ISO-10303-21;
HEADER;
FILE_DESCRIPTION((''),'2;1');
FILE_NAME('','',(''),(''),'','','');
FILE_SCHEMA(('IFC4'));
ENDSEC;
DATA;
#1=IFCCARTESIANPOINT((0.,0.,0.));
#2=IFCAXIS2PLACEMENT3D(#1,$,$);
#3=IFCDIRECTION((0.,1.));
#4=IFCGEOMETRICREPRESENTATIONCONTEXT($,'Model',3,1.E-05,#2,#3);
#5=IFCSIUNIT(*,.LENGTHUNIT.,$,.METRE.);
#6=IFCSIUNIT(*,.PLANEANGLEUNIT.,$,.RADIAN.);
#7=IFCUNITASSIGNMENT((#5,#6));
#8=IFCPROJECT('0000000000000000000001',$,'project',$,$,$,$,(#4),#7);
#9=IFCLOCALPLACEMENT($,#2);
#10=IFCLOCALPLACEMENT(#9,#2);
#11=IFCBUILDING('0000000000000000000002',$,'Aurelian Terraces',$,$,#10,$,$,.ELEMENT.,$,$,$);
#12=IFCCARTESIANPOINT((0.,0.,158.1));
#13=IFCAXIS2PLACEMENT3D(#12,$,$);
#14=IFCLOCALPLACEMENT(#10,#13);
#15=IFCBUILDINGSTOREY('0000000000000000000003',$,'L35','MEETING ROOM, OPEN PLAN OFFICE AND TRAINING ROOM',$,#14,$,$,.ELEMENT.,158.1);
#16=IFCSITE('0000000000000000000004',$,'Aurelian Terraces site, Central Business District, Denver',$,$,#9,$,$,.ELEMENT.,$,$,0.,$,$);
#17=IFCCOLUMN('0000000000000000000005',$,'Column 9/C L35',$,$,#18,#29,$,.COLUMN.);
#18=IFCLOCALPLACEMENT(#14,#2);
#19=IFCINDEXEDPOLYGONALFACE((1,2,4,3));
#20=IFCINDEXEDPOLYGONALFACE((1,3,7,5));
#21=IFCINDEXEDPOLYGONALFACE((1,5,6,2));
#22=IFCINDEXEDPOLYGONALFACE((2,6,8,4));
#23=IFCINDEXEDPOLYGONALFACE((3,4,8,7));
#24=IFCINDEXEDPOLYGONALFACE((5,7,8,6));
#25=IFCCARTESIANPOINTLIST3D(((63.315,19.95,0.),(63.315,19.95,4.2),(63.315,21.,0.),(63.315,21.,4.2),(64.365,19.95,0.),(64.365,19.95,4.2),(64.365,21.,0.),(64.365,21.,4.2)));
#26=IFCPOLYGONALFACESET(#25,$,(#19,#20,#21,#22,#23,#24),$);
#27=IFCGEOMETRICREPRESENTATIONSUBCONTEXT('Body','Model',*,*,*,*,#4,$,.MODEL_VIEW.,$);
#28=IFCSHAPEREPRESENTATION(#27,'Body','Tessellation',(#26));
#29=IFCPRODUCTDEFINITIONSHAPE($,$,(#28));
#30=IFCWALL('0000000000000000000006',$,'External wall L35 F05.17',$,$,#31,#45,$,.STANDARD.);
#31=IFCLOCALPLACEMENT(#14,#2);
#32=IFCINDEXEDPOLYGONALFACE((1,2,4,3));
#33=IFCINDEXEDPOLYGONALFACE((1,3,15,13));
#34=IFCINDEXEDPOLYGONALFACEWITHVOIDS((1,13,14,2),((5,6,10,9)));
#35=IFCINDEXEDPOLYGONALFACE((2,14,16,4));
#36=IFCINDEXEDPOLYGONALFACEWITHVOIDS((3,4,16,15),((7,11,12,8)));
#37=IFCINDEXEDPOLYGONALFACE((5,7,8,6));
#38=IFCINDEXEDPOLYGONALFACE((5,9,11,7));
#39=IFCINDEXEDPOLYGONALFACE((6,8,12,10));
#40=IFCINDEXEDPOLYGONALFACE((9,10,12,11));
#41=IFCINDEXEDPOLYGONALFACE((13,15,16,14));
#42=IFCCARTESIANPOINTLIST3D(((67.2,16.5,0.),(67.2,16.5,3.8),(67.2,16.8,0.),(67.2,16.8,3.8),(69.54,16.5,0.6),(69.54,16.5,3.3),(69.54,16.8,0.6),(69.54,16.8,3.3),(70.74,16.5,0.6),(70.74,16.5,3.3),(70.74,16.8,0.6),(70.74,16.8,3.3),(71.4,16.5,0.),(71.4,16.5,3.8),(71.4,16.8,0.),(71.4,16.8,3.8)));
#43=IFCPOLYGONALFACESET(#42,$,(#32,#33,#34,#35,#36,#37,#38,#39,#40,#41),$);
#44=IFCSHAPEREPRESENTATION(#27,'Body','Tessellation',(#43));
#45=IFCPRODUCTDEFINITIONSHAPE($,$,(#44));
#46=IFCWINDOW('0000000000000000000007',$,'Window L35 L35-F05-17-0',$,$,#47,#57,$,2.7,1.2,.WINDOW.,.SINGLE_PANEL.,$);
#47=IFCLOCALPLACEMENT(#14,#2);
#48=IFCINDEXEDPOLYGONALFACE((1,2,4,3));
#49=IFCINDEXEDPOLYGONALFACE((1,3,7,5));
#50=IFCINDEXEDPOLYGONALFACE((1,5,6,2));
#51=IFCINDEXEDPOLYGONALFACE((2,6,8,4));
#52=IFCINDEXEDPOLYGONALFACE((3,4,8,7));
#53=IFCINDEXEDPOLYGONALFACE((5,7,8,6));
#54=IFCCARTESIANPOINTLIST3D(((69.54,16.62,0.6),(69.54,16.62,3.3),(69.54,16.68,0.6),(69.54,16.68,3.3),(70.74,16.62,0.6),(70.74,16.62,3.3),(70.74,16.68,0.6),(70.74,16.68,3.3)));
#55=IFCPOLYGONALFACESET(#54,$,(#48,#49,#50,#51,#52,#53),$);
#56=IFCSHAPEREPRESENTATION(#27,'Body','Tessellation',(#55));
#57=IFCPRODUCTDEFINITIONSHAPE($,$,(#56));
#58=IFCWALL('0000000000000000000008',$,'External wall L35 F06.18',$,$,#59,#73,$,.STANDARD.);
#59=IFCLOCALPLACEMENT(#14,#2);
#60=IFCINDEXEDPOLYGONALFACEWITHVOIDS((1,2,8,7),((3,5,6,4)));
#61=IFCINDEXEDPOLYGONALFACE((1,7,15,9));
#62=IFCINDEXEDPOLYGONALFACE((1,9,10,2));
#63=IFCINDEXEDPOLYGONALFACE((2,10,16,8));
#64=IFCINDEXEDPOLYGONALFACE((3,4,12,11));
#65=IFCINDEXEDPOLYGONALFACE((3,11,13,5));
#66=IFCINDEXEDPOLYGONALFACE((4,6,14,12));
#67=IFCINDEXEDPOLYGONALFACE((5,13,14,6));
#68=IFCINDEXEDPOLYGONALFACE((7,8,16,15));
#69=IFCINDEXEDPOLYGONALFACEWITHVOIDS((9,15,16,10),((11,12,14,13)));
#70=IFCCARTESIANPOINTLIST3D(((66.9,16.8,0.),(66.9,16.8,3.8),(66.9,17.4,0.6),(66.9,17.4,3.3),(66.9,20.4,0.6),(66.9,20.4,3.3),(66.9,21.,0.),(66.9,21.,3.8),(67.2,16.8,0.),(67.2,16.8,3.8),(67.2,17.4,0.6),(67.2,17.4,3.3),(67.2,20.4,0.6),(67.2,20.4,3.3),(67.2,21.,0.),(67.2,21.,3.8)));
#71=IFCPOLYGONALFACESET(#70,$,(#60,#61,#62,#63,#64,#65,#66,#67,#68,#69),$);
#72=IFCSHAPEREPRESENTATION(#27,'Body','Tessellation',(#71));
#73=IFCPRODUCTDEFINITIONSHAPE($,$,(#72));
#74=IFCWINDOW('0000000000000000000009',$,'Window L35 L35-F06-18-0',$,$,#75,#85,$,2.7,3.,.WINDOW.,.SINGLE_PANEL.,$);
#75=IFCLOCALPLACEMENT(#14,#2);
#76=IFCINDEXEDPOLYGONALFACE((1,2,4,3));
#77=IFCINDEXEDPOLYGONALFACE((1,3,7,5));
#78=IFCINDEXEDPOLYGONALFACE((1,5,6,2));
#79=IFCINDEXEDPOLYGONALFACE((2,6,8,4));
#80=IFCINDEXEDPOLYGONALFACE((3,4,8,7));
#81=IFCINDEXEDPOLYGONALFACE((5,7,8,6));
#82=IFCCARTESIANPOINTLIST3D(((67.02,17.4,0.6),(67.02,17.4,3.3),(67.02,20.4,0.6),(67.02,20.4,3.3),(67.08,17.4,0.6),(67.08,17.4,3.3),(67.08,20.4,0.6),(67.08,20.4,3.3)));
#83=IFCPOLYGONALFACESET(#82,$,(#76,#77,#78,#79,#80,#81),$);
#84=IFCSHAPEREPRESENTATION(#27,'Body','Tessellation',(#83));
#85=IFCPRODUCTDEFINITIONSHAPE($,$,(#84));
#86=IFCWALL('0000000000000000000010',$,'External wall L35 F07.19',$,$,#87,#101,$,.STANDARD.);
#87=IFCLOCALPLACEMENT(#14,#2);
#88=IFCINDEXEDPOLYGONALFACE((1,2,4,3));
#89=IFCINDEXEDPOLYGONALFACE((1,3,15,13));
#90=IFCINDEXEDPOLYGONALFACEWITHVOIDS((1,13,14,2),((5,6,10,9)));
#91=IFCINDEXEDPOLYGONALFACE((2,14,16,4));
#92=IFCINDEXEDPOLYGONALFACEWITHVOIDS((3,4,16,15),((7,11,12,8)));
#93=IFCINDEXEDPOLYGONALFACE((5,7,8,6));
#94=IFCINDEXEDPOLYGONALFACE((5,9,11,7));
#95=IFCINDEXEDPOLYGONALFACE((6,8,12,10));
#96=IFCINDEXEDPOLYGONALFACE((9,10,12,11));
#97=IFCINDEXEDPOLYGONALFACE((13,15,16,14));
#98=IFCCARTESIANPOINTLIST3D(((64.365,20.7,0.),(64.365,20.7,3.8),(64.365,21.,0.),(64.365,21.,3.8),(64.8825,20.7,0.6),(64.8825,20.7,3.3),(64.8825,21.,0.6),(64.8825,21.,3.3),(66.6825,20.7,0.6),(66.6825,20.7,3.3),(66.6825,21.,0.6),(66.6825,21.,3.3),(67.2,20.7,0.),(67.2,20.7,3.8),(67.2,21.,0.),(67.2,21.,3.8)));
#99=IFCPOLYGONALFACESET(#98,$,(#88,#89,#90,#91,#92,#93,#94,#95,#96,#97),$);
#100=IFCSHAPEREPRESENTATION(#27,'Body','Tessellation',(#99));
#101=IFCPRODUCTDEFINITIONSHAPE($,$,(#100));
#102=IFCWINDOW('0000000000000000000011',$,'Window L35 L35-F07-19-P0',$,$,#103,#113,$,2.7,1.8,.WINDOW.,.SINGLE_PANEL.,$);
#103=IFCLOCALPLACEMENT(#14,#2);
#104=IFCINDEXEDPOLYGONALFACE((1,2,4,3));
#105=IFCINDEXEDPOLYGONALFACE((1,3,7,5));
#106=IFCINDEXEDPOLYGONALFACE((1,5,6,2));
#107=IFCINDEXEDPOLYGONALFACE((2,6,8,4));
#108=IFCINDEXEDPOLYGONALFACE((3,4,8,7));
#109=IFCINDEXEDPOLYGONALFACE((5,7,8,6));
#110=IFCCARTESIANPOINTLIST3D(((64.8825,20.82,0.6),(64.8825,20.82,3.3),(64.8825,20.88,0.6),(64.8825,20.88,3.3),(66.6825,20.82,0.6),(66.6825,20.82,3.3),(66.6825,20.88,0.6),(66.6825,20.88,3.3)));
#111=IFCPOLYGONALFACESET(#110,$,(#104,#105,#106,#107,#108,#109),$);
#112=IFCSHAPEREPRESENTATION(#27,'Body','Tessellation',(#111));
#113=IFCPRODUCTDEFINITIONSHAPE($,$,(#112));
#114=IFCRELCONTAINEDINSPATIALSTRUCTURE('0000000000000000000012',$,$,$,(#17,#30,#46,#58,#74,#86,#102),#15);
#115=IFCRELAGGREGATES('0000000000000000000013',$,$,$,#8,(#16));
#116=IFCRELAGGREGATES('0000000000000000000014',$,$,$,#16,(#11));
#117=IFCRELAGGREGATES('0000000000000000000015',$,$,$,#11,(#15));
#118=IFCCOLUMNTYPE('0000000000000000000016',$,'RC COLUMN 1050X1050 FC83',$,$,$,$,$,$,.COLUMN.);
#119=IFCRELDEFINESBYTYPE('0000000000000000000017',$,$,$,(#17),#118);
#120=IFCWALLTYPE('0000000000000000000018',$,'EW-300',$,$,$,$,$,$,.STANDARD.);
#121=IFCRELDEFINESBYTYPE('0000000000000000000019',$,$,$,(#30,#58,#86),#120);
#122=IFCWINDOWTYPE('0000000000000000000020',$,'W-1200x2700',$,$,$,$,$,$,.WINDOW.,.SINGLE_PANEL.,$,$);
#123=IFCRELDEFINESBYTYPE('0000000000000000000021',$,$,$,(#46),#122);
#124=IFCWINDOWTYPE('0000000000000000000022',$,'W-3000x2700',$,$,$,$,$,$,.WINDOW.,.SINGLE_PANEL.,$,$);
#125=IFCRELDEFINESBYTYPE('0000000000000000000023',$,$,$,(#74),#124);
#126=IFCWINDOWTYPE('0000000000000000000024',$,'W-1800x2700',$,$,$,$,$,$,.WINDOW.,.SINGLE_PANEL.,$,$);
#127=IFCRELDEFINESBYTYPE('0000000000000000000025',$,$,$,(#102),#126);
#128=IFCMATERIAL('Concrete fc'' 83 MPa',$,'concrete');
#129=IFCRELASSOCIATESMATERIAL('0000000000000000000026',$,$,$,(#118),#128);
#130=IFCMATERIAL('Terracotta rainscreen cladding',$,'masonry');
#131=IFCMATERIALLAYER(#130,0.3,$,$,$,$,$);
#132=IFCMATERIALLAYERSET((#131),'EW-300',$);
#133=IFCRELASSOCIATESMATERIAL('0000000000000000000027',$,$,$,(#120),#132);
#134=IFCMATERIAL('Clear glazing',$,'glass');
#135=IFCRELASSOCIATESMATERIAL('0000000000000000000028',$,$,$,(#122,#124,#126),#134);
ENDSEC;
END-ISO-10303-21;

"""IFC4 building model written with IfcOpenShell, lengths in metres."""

from ifc_helpers import new_model, si_unit, direction, frame, frame_2d, origin, origin_2d, place, context, subcontext, project, spatial, rectangle, extrude, source, transform, mapped, material, layer, layer_set, material_profile, profile_set, type_object, element, fill, save


model = new_model("IFC4")

# Units and contexts
model_context = context("Model", 3, precision=1e-05, world=origin(), true_north=direction((0.0, 1.0)))
body_context = subcontext(model_context, "Body", "Model", "MODEL_VIEW")
ifc_project = project(units=[si_unit("LENGTHUNIT", "METRE"), si_unit("PLANEANGLEUNIT", "RADIAN")], contexts=[model_context])

# Site, building, storey
site_placement = place(None, origin())
site = spatial("IfcSite", under=ifc_project, at=site_placement, Name="Aurelian Terraces site, Central Business District, Denver", CompositionType="ELEMENT", RefElevation=0.0)
building_placement = place(site_placement, origin())
building = spatial("IfcBuilding", under=site, at=building_placement, Name="Aurelian Terraces", CompositionType="ELEMENT")
storey_placement = place(building_placement, frame((0.0, 0.0, 158.1)))
storey = spatial("IfcBuildingStorey", under=building, at=storey_placement, Name="L35", Description="MEETING ROOM, OPEN PLAN OFFICE AND TRAINING ROOM", CompositionType="ELEMENT", Elevation=158.1)

# Column
ifc_material_1 = material(Name="Concrete fc' 83 MPa", Category="concrete")
ifc_material_profile = material_profile(ifc_material_1, rectangle(XDim=1.05, YDim=1.05, at=origin_2d()))
ifc_profile_set = profile_set([ifc_material_profile], Name="Concrete fc' 83 MPa")
column_type = type_object("IfcColumnType", Name="RC COLUMN 1050X1050 FC83", PredefinedType="COLUMN", material=ifc_profile_set)
shared_shape_1 = source(origin(), body_context, "Body", "SweptSolid", [
    extrude(rectangle(XDim=1.05, YDim=1.05, at=origin_2d()), origin(), (0.0, 0.0, 1.0), 4.2),
])
column_placement = place(storey_placement, frame((63.84, 20.475, 0.0), z_axis=(0.0, 0.0, 1.0), x_axis=(1.0, 0.0, 0.0)))
element("IfcColumn", 1, at=column_placement, inside=storey, type_object=column_type, Name="Column 9/C L35", PredefinedType="COLUMN", context=body_context, shape_type="MappedRepresentation", body=[
    mapped(shared_shape_1, transform((0.0, 0.0, 0.0), scale=1.0)),
])

# Walls, openings, windows
ifc_material_2 = material(Name="Terracotta rainscreen cladding", Category="masonry")
ifc_layer_1 = layer(ifc_material_2, 0.3)
ifc_layer_set_1 = layer_set([ifc_layer_1], Name="EW-300")
wall_type_1 = type_object("IfcWallType", Name="EW-300", PredefinedType="STANDARD", material=ifc_layer_set_1)
shared_shape_2 = source(origin(), body_context, "Body", "SweptSolid", [
    extrude(rectangle(XDim=4.2, YDim=0.3, at=frame_2d((2.1, 0.0))), origin(), (0.0, 0.0, 1.0), 3.8),
])
wall_1_placement = place(storey_placement, frame((71.4, 16.65, 0.0), z_axis=(0.0, 0.0, 1.0), x_axis=(-1.0, 0.0, 0.0)))
wall_1 = element("IfcWall", 2, at=wall_1_placement, inside=storey, type_object=wall_type_1, Name="External wall L35 F05.17", PredefinedType="STANDARD", context=body_context, shape_type="MappedRepresentation", body=[
    mapped(shared_shape_2, transform((0.0, 0.0, 0.0), scale=1.0)),
])
shared_shape_3 = source(origin(), body_context, "Body", "SweptSolid", [
    extrude(rectangle(XDim=1.2, YDim=2.7, at=frame_2d((0.6, 1.35))), frame((0.0, 0.16, 0.0), z_axis=(0.0, -1.0, 0.0), x_axis=(1.0, 0.0, 0.0)), (0.0, 0.0, 1.0), 0.32),
])
opening_1_placement = place(wall_1_placement, frame((0.66, 0.0, 0.6)))
opening_1 = element("IfcOpeningElement", 3, at=opening_1_placement, cuts=wall_1, PredefinedType="OPENING", context=body_context, shape_type="MappedRepresentation", body=[
    mapped(shared_shape_3, transform((0.0, 0.0, 0.0), scale=1.0)),
])
ifc_material_3 = material(Name="Clear glazing", Category="glass")
window_type_1 = type_object("IfcWindowType", Name="W-1200x2700", PartitioningType="SINGLE_PANEL", PredefinedType="WINDOW", material=ifc_material_3)
shared_shape_4 = source(origin(), body_context, "Body", "SweptSolid", [
    extrude(rectangle(XDim=1.2, YDim=2.7, at=frame_2d((0.6, 1.35))), frame((0.0, 0.03, 0.0), z_axis=(0.0, -1.0, 0.0), x_axis=(1.0, 0.0, 0.0)), (0.0, 0.0, 1.0), 0.06),
])
window_1_placement = place(opening_1_placement, origin())
window_1 = element("IfcWindow", 4, at=window_1_placement, inside=storey, type_object=window_type_1, Name="Window L35 L35-F05-17-0", OverallHeight=2.7, OverallWidth=1.2, PartitioningType="SINGLE_PANEL", PredefinedType="WINDOW", context=body_context, shape_type="MappedRepresentation", body=[
    mapped(shared_shape_4, transform((0.0, 0.0, 0.0), scale=1.0)),
])
fill(opening_1, window_1)
wall_2_placement = place(storey_placement, frame((67.05, 16.8, 0.0), z_axis=(0.0, 0.0, 1.0), x_axis=(0.0, 1.0, 0.0)))
wall_2 = element("IfcWall", 5, at=wall_2_placement, inside=storey, type_object=wall_type_1, Name="External wall L35 F06.18", PredefinedType="STANDARD", context=body_context, shape_type="MappedRepresentation", body=[
    mapped(shared_shape_2, transform((0.0, 0.0, 0.0), scale=1.0)),
])
shared_shape_5 = source(origin(), body_context, "Body", "SweptSolid", [
    extrude(rectangle(XDim=3.0, YDim=2.7, at=frame_2d((1.5, 1.35))), frame((0.0, 0.16, 0.0), z_axis=(0.0, -1.0, 0.0), x_axis=(1.0, 0.0, 0.0)), (0.0, 0.0, 1.0), 0.32),
])
opening_2_placement = place(wall_2_placement, frame((0.6, 0.0, 0.6)))
opening_2 = element("IfcOpeningElement", 6, at=opening_2_placement, cuts=wall_2, PredefinedType="OPENING", context=body_context, shape_type="MappedRepresentation", body=[
    mapped(shared_shape_5, transform((0.0, 0.0, 0.0), scale=1.0)),
])
window_type_2 = type_object("IfcWindowType", Name="W-3000x2700", PartitioningType="SINGLE_PANEL", PredefinedType="WINDOW", material=ifc_material_3)
shared_shape_6 = source(origin(), body_context, "Body", "SweptSolid", [
    extrude(rectangle(XDim=3.0, YDim=2.7, at=frame_2d((1.5, 1.35))), frame((0.0, 0.03, 0.0), z_axis=(0.0, -1.0, 0.0), x_axis=(1.0, 0.0, 0.0)), (0.0, 0.0, 1.0), 0.06),
])
window_2_placement = place(opening_2_placement, origin())
window_2 = element("IfcWindow", 7, at=window_2_placement, inside=storey, type_object=window_type_2, Name="Window L35 L35-F06-18-0", OverallHeight=2.7, OverallWidth=3.0, PartitioningType="SINGLE_PANEL", PredefinedType="WINDOW", context=body_context, shape_type="MappedRepresentation", body=[
    mapped(shared_shape_6, transform((0.0, 0.0, 0.0), scale=1.0)),
])
fill(opening_2, window_2)
shared_shape_7 = source(origin(), body_context, "Body", "SweptSolid", [
    extrude(rectangle(XDim=2.835, YDim=0.3, at=frame_2d((1.4175, 0.0))), origin(), (0.0, 0.0, 1.0), 3.8),
])
wall_3_placement = place(storey_placement, frame((67.2, 20.85, 0.0), z_axis=(0.0, 0.0, 1.0), x_axis=(-1.0, 0.0, 0.0)))
wall_3 = element("IfcWall", 8, at=wall_3_placement, inside=storey, type_object=wall_type_1, Name="External wall L35 F07.19", PredefinedType="STANDARD", context=body_context, shape_type="MappedRepresentation", body=[
    mapped(shared_shape_7, transform((0.0, 0.0, 0.0), scale=1.0)),
])
shared_shape_8 = source(origin(), body_context, "Body", "SweptSolid", [
    extrude(rectangle(XDim=1.8, YDim=2.7, at=frame_2d((0.9, 1.35))), frame((0.0, 0.16, 0.0), z_axis=(0.0, -1.0, 0.0), x_axis=(1.0, 0.0, 0.0)), (0.0, 0.0, 1.0), 0.32),
])
opening_3_placement = place(wall_3_placement, frame((0.5175, 0.0, 0.6)))
opening_3 = element("IfcOpeningElement", 9, at=opening_3_placement, cuts=wall_3, PredefinedType="OPENING", context=body_context, shape_type="MappedRepresentation", body=[
    mapped(shared_shape_8, transform((0.0, 0.0, 0.0), scale=1.0)),
])
window_type_3 = type_object("IfcWindowType", Name="W-1800x2700", PartitioningType="SINGLE_PANEL", PredefinedType="WINDOW", material=ifc_material_3)
shared_shape_9 = source(origin(), body_context, "Body", "SweptSolid", [
    extrude(rectangle(XDim=1.8, YDim=2.7, at=frame_2d((0.9, 1.35))), frame((0.0, 0.03, 0.0), z_axis=(0.0, -1.0, 0.0), x_axis=(1.0, 0.0, 0.0)), (0.0, 0.0, 1.0), 0.06),
])
window_3_placement = place(opening_3_placement, origin())
window_3 = element("IfcWindow", 10, at=window_3_placement, inside=storey, type_object=window_type_3, Name="Window L35 L35-F07-19-P0", OverallHeight=2.7, OverallWidth=1.8, PartitioningType="SINGLE_PANEL", PredefinedType="WINDOW", context=body_context, shape_type="MappedRepresentation", body=[
    mapped(shared_shape_9, transform((0.0, 0.0, 0.0), scale=1.0)),
])
fill(opening_3, window_3)

save(model, "model.ifc")
